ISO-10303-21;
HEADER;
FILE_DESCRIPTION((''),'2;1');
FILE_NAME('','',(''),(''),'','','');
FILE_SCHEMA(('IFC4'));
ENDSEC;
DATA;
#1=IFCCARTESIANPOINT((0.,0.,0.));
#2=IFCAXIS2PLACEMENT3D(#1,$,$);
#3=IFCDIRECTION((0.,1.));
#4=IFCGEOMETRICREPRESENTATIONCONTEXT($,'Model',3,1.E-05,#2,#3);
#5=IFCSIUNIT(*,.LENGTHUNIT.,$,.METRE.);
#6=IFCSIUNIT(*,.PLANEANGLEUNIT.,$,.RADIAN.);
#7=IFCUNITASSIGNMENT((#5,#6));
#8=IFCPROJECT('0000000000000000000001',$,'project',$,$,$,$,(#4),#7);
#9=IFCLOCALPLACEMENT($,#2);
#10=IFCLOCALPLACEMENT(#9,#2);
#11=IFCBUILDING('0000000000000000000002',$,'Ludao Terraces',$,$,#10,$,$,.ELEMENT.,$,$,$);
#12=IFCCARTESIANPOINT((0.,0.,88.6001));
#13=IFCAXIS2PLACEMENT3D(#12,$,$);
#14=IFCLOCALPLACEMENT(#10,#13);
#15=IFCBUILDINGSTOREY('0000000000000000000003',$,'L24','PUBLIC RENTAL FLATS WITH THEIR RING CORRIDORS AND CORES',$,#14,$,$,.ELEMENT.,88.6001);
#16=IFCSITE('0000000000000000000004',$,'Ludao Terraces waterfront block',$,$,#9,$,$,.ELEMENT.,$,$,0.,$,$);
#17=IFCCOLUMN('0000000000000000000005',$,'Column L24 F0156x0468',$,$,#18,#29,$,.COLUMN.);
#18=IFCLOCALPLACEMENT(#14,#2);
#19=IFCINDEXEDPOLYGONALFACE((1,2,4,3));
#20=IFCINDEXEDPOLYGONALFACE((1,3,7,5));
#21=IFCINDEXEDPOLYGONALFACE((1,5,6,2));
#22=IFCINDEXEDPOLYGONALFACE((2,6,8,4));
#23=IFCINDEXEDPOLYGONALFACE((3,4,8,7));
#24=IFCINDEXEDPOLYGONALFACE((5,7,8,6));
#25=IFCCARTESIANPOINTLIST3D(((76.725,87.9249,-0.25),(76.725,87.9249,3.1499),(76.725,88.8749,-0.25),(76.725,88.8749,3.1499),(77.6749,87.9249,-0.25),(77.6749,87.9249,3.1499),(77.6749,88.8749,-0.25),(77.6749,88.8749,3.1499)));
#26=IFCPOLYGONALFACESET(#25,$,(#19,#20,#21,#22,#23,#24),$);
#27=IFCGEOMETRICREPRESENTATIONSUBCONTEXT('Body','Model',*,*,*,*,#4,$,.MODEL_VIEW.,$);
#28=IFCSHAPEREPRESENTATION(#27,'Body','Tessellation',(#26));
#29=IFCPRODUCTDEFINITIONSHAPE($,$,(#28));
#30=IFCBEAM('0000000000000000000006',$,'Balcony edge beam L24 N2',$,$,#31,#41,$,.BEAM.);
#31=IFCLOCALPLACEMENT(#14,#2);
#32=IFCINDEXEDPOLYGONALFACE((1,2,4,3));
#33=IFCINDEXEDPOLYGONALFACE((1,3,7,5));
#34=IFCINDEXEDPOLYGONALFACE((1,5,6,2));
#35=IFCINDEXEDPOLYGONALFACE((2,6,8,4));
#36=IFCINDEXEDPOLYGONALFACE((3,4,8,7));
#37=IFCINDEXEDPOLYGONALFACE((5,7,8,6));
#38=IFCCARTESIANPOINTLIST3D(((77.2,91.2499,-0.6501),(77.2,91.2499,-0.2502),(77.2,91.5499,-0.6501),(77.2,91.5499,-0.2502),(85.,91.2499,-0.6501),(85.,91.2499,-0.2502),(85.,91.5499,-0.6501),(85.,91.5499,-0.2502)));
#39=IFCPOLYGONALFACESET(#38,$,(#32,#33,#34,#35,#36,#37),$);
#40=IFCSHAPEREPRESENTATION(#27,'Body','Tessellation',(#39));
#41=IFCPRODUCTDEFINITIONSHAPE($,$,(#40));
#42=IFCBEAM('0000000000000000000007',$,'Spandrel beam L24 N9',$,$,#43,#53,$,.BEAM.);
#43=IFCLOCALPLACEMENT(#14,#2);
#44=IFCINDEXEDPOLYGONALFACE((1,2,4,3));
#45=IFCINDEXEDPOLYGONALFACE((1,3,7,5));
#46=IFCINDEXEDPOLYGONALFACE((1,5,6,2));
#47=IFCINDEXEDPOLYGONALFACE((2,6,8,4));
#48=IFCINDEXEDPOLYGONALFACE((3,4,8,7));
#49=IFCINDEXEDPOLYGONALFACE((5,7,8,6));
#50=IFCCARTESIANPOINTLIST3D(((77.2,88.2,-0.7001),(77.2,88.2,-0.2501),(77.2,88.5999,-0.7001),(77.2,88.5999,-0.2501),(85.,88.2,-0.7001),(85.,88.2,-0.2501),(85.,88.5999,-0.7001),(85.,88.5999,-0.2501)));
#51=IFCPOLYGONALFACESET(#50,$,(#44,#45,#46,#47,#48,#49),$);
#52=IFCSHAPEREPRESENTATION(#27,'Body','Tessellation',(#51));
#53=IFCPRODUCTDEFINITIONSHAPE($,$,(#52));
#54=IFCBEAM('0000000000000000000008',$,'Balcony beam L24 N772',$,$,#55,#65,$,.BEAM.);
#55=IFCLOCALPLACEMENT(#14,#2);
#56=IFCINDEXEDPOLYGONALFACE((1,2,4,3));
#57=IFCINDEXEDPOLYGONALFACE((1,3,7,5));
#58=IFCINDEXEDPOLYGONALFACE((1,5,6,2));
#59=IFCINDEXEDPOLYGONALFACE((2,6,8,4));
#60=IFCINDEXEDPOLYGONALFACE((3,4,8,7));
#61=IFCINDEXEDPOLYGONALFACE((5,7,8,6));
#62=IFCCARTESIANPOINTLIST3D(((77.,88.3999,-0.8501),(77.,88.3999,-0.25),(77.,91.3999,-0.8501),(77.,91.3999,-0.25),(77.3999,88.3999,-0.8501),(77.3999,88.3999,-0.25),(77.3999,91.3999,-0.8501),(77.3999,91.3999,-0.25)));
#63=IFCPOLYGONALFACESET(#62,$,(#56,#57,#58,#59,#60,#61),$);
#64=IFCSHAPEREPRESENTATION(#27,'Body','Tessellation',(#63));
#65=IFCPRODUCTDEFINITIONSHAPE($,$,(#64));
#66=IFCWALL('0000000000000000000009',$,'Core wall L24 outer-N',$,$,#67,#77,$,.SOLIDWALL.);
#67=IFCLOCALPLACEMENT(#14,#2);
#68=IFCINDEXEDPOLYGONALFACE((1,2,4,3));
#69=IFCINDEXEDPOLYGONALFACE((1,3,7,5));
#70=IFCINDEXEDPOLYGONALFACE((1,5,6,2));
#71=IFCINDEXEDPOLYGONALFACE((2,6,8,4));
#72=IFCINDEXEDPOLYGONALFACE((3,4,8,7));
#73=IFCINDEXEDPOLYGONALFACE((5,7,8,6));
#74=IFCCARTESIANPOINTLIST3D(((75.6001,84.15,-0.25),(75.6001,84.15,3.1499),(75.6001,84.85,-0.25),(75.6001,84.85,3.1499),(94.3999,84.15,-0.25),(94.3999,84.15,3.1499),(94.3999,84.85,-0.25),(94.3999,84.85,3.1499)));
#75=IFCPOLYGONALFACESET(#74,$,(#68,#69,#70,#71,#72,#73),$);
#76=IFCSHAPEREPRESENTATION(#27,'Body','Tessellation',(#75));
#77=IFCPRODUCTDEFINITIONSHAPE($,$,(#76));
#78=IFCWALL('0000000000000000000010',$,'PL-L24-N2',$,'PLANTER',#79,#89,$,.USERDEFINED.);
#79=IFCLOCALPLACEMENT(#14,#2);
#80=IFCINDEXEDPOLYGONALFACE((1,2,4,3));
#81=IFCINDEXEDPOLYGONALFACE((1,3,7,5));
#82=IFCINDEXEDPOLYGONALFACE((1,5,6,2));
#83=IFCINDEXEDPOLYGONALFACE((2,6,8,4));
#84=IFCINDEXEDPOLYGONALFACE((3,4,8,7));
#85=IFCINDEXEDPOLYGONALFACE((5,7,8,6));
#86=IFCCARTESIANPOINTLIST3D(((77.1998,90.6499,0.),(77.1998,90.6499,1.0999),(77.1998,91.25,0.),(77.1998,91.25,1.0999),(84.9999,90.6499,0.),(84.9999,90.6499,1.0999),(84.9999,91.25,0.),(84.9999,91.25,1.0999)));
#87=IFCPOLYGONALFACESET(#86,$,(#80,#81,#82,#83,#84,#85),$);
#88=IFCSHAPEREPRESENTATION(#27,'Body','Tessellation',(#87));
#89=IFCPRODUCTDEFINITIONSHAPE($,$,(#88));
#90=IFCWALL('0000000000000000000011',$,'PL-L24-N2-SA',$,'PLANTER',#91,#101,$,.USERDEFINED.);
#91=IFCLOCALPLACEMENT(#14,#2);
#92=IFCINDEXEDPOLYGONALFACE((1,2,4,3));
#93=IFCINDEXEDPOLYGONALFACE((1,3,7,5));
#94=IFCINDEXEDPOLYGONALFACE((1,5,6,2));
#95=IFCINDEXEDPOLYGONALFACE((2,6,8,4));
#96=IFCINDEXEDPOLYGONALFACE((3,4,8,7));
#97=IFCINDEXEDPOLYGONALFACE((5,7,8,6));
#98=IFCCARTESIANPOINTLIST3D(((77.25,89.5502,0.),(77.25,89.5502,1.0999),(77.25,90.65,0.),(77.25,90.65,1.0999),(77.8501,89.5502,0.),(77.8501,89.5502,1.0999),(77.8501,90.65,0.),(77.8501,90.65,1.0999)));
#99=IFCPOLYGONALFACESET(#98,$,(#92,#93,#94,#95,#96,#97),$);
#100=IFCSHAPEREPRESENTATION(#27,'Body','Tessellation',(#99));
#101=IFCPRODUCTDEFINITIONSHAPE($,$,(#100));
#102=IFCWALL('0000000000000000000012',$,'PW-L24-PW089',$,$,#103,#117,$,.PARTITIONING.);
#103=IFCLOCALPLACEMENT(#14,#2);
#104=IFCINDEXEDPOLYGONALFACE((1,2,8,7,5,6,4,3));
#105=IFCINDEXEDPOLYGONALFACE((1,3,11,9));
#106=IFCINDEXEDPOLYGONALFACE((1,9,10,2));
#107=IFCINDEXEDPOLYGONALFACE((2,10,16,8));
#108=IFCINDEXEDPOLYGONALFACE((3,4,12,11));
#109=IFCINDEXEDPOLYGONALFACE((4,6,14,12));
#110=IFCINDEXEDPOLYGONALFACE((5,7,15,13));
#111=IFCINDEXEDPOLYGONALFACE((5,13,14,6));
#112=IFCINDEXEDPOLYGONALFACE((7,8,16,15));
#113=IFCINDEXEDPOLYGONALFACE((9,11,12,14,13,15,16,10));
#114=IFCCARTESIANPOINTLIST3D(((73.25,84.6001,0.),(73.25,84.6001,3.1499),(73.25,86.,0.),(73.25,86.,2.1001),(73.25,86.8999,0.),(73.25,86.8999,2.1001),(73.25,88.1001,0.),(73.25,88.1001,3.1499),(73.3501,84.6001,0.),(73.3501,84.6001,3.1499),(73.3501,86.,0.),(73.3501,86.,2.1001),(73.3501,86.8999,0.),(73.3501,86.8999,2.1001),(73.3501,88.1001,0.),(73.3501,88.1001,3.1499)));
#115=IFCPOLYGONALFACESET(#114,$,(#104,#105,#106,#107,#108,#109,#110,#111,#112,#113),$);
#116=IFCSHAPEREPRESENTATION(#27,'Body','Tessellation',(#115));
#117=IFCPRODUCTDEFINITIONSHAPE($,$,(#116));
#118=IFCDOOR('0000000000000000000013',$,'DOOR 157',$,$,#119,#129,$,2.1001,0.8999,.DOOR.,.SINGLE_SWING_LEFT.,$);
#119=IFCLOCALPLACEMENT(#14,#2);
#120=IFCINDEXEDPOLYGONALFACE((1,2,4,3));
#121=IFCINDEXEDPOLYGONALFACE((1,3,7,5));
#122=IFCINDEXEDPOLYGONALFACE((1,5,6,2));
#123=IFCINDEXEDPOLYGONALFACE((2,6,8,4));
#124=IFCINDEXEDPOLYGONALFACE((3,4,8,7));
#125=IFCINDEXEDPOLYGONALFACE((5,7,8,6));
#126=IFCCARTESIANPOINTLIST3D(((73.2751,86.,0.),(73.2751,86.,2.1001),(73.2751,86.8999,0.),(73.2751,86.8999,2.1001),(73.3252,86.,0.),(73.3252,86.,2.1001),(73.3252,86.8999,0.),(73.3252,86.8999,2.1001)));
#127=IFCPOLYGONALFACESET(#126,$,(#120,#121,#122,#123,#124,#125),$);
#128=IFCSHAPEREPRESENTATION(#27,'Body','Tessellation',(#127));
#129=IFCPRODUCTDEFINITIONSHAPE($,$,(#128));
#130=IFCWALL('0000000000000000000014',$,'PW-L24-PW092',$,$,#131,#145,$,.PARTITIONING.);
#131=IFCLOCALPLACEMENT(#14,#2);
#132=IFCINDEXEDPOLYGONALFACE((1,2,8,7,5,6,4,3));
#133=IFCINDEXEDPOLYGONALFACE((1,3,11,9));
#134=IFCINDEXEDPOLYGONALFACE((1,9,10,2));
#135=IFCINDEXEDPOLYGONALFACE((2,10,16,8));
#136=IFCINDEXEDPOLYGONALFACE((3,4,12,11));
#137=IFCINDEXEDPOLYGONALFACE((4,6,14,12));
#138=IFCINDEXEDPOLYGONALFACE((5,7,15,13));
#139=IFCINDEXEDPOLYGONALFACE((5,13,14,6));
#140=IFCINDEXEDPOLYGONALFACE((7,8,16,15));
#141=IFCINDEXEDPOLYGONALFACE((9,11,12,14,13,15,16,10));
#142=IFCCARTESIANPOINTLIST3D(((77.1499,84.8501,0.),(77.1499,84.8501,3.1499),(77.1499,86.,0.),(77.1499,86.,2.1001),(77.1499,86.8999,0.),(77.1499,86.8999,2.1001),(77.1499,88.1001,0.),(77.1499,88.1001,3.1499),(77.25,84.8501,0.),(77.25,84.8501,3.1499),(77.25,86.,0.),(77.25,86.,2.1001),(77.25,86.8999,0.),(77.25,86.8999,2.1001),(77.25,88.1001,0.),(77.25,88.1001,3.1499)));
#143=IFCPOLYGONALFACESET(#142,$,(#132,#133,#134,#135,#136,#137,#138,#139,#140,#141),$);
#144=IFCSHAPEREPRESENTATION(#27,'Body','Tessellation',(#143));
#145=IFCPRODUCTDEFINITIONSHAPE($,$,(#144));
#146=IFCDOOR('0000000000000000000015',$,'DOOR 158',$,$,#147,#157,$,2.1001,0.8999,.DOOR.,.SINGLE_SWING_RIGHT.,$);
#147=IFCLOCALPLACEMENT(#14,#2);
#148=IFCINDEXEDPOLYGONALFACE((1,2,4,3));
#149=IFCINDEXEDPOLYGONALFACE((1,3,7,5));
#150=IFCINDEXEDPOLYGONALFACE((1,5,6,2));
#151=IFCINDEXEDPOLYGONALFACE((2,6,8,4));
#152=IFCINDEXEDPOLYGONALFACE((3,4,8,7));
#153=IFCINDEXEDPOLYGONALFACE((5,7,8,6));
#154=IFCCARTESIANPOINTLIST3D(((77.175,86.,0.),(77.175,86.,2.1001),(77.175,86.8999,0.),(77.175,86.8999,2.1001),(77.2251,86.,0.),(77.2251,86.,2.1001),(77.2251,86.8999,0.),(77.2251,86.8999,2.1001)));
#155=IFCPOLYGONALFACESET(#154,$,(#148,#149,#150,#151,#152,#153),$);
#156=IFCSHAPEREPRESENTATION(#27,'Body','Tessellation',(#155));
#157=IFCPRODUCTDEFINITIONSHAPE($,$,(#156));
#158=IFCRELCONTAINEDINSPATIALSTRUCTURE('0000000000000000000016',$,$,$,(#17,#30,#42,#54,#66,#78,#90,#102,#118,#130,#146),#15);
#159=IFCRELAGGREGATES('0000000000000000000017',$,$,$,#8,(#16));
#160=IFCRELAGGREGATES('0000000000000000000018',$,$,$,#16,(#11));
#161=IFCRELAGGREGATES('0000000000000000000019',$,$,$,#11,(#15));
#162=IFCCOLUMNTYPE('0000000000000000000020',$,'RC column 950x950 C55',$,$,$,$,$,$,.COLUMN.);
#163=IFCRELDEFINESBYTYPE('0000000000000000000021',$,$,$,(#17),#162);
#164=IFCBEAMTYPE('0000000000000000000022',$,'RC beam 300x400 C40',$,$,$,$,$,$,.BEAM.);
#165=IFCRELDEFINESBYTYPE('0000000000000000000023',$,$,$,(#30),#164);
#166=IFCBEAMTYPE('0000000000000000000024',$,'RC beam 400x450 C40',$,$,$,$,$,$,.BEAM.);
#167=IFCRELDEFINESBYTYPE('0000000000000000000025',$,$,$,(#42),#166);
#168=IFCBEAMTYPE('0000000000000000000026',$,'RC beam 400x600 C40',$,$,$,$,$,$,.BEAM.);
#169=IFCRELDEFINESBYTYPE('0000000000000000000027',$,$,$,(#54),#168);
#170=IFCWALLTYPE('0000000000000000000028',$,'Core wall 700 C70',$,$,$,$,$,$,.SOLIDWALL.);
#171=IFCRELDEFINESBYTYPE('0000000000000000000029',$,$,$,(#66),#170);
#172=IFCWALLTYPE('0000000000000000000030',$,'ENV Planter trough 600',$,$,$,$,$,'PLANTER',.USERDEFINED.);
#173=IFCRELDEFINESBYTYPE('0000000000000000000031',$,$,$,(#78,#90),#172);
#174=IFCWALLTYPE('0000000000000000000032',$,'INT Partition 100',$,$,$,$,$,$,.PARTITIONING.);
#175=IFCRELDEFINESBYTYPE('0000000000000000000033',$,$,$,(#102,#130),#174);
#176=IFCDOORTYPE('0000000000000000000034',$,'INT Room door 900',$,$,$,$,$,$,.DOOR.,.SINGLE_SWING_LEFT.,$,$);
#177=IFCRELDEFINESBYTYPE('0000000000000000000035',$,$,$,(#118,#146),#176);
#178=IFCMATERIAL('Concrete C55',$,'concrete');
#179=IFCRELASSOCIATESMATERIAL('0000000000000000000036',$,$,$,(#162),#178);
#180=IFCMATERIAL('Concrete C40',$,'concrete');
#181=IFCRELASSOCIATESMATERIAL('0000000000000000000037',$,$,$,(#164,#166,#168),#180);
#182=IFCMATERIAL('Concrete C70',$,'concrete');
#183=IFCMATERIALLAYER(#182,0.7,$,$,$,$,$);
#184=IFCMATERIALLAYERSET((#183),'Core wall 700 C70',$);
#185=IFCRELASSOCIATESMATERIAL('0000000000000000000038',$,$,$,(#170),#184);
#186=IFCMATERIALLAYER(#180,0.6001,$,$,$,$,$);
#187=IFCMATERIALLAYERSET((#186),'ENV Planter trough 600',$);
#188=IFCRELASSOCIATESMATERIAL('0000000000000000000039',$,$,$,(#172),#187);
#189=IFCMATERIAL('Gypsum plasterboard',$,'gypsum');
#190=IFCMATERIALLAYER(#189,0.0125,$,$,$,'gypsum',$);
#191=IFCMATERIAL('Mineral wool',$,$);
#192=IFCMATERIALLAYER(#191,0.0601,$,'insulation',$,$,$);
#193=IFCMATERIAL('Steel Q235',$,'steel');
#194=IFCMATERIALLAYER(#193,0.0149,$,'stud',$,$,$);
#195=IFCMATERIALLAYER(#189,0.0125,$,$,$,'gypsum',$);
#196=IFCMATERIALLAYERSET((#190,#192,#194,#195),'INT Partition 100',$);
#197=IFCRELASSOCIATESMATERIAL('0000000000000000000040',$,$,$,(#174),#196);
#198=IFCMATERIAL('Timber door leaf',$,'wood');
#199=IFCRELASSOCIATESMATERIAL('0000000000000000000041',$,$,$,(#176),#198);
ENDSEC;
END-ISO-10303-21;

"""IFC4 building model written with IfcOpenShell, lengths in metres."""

from ifc_helpers import new_model, si_unit, direction, frame, frame_2d, origin, origin_2d, place, context, subcontext, project, spatial, rectangle, extrude, material, layer, layer_set, material_profile, profile_set, type_object, element, fill, save


model = new_model("IFC4")

# Units and contexts
model_context = context("Model", 3, precision=1e-05, world=origin(), true_north=direction((0.0, 1.0)))
body_context = subcontext(model_context, "Body", "Model", "MODEL_VIEW")
ifc_project = project(units=[si_unit("LENGTHUNIT", "METRE"), si_unit("PLANEANGLEUNIT", "RADIAN")], contexts=[model_context])

# Site, building, storey
site_placement = place(None, origin())
site = spatial("IfcSite", under=ifc_project, at=site_placement, Name="Ludao Terraces waterfront block", CompositionType="ELEMENT", RefElevation=0.0)
building_placement = place(site_placement, origin())
building = spatial("IfcBuilding", under=site, at=building_placement, Name="Ludao Terraces", CompositionType="ELEMENT")
storey_placement = place(building_placement, frame((0.0, 0.0, 88.6001)))
storey = spatial("IfcBuildingStorey", under=building, at=storey_placement, Name="L24", Description="PUBLIC RENTAL FLATS WITH THEIR RING CORRIDORS AND CORES", CompositionType="ELEMENT", Elevation=88.6001)

# Column
ifc_material_1 = material(Name="Concrete C55", Category="concrete")
ifc_material_profile_1 = material_profile(ifc_material_1, rectangle(XDim=0.95, YDim=0.95, at=origin_2d()), Name="950 X 950")
ifc_profile_set_1 = profile_set([ifc_material_profile_1], Name="Concrete C55")
column_type = type_object("IfcColumnType", Name="RC column 950x950 C55", PredefinedType="COLUMN", material=ifc_profile_set_1)
column_placement = place(storey_placement, frame((77.2, 88.3999, -0.25), z_axis=(0.0, 0.0, 1.0), x_axis=(1.0, 0.0, 0.0)))
element("IfcColumn", 1, at=column_placement, inside=storey, type_object=column_type, Name="Column L24 F0156x0468", PredefinedType="COLUMN", context=body_context, shape_type="SweptSolid", body=[
    extrude(rectangle(XDim=0.95, YDim=0.95, at=origin_2d()), origin(), (0.0, 0.0, 1.0), 3.3999),
])

# Beams
ifc_material_2 = material(Name="Concrete C40", Category="concrete")
ifc_material_profile_2 = material_profile(ifc_material_2, rectangle(XDim=0.3, YDim=0.3999, at=origin_2d()), Name="300 X 400")
ifc_profile_set_2 = profile_set([ifc_material_profile_2], Name="Concrete C40")
beam_type_1 = type_object("IfcBeamType", Name="RC beam 300x400 C40", PredefinedType="BEAM", material=ifc_profile_set_2)
beam_1_placement = place(storey_placement, frame((77.2, 91.3999, -0.4502), z_axis=(1.0, 0.0, 0.0), x_axis=(0.0, 1.0, 0.0)))
element("IfcBeam", 2, at=beam_1_placement, inside=storey, type_object=beam_type_1, Name="Balcony edge beam L24 N2", PredefinedType="BEAM", context=body_context, shape_type="SweptSolid", body=[
    extrude(rectangle(XDim=0.3, YDim=0.3999, at=origin_2d()), origin(), (0.0, 0.0, 1.0), 7.8),
])
ifc_material_profile_3 = material_profile(ifc_material_2, rectangle(XDim=0.3999, YDim=0.45, at=origin_2d()), Name="400 X 450")
ifc_profile_set_3 = profile_set([ifc_material_profile_3], Name="Concrete C40")
beam_type_2 = type_object("IfcBeamType", Name="RC beam 400x450 C40", PredefinedType="BEAM", material=ifc_profile_set_3)
beam_2_placement = place(storey_placement, frame((77.2, 88.3999, -0.4751), z_axis=(1.0, 0.0, 0.0), x_axis=(0.0, 1.0, 0.0)))
element("IfcBeam", 3, at=beam_2_placement, inside=storey, type_object=beam_type_2, Name="Spandrel beam L24 N9", PredefinedType="BEAM", context=body_context, shape_type="SweptSolid", body=[
    extrude(rectangle(XDim=0.3999, YDim=0.45, at=origin_2d()), origin(), (0.0, 0.0, 1.0), 7.8),
])
ifc_material_profile_4 = material_profile(ifc_material_2, rectangle(XDim=0.3999, YDim=0.6001, at=origin_2d()), Name="400 X 600")
ifc_profile_set_4 = profile_set([ifc_material_profile_4], Name="Concrete C40")
beam_type_3 = type_object("IfcBeamType", Name="RC beam 400x600 C40", PredefinedType="BEAM", material=ifc_profile_set_4)
beam_3_placement = place(storey_placement, frame((77.2, 88.3999, -0.55), z_axis=(0.0, 1.0, 0.0), x_axis=(-1.0, 0.0, 0.0)))
element("IfcBeam", 4, at=beam_3_placement, inside=storey, type_object=beam_type_3, Name="Balcony beam L24 N772", PredefinedType="BEAM", context=body_context, shape_type="SweptSolid", body=[
    extrude(rectangle(XDim=0.3999, YDim=0.6001, at=origin_2d()), origin(), (0.0, 0.0, 1.0), 3.0),
])

# Walls
ifc_material_3 = material(Name="Concrete C70", Category="concrete")
ifc_layer_1 = layer(ifc_material_3, 0.7)
ifc_layer_set_1 = layer_set([ifc_layer_1], Name="Core wall 700 C70")
wall_type_1 = type_object("IfcWallType", Name="Core wall 700 C70", PredefinedType="SOLIDWALL", material=ifc_layer_set_1)
wall_1_placement = place(storey_placement, frame((75.6001, 84.5, -0.25), z_axis=(0.0, 0.0, 1.0), x_axis=(1.0, 0.0, 0.0)))
element("IfcWall", 5, at=wall_1_placement, inside=storey, type_object=wall_type_1, Name="Core wall L24 outer-N", PredefinedType="SOLIDWALL", context=body_context, shape_type="SweptSolid", body=[
    extrude(rectangle(XDim=18.7998, YDim=0.7, at=frame_2d((9.3999, 0.0))), origin(), (0.0, 0.0, 1.0), 3.3999),
])
ifc_layer_2 = layer(ifc_material_2, 0.6001)
ifc_layer_set_2 = layer_set([ifc_layer_2], Name="ENV Planter trough 600")
wall_type_2 = type_object("IfcWallType", Name="ENV Planter trough 600", ElementType="PLANTER", PredefinedType="USERDEFINED", material=ifc_layer_set_2)
wall_2_placement = place(storey_placement, frame((77.2, 90.95, 0.0), z_axis=(0.0, 0.0, 1.0), x_axis=(1.0, 0.0, 0.0)))
element("IfcWall", 6, at=wall_2_placement, inside=storey, type_object=wall_type_2, Name="PL-L24-N2", ObjectType="PLANTER", PredefinedType="USERDEFINED", context=body_context, shape_type="SweptSolid", body=[
    extrude(rectangle(XDim=7.8, YDim=0.6001, at=frame_2d((3.8999, 0.0))), origin(), (0.0, 0.0, 1.0), 1.0999),
])
wall_3_placement = place(storey_placement, frame((77.55, 90.6499, 0.0), z_axis=(0.0, 0.0, 1.0), x_axis=(0.0, -1.0, 0.0)))
element("IfcWall", 7, at=wall_3_placement, inside=storey, type_object=wall_type_2, Name="PL-L24-N2-SA", ObjectType="PLANTER", PredefinedType="USERDEFINED", context=body_context, shape_type="SweptSolid", body=[
    extrude(rectangle(XDim=1.0999, YDim=0.6001, at=frame_2d((0.5498, 0.0))), origin(), (0.0, 0.0, 1.0), 1.0999),
])

# Shared definitions
ifc_material_4 = material(Name="Mineral wool")

# Walls, openings, doors
ifc_material_5 = material(Name="Gypsum plasterboard", Category="gypsum")
ifc_layer_3 = layer(ifc_material_5, 0.0125, Category="gypsum")
ifc_layer_4 = layer(ifc_material_4, 0.0601, Name="insulation")
ifc_material_6 = material(Name="Steel Q235", Category="steel")
ifc_layer_5 = layer(ifc_material_6, 0.0149, Name="stud")
ifc_layer_6 = layer(ifc_material_5, 0.0125, Category="gypsum")
ifc_layer_set_3 = layer_set([ifc_layer_3, ifc_layer_4, ifc_layer_5, ifc_layer_6], Name="INT Partition 100")
wall_type_3 = type_object("IfcWallType", Name="INT Partition 100", PredefinedType="PARTITIONING", material=ifc_layer_set_3)
wall_4_placement = place(storey_placement, frame((73.3, 84.6001, 0.0), z_axis=(0.0, 0.0, 1.0), x_axis=(0.0, 1.0, 0.0)))
wall_4 = element("IfcWall", 8, at=wall_4_placement, inside=storey, type_object=wall_type_3, Name="PW-L24-PW089", PredefinedType="PARTITIONING", context=body_context, shape_type="SweptSolid", body=[
    extrude(rectangle(XDim=3.5, YDim=0.1001, at=frame_2d((1.75, 0.0))), origin(), (0.0, 0.0, 1.0), 3.1499),
])
opening_1_placement = place(wall_4_placement, frame((1.3999, 0.0, 0.0)))
opening_1 = element("IfcOpeningElement", 9, at=opening_1_placement, cuts=wall_4, PredefinedType="OPENING", context=body_context, shape_type="SweptSolid", body=[
    extrude(rectangle(XDim=0.8999, YDim=2.1001, at=frame_2d((0.45, 1.05))), frame((0.0, 0.0601, 0.0), z_axis=(0.0, -1.0, 0.0), x_axis=(1.0, 0.0, 0.0)), (0.0, 0.0, 1.0), 0.1201),
])
ifc_material_7 = material(Name="Timber door leaf", Category="wood")
door_type_1 = type_object("IfcDoorType", Name="INT Room door 900", OperationType="SINGLE_SWING_LEFT", PredefinedType="DOOR", material=ifc_material_7)
door_1_placement = place(opening_1_placement, origin())
door_1 = element("IfcDoor", 10, at=door_1_placement, inside=storey, type_object=door_type_1, Name="DOOR 157", OperationType="SINGLE_SWING_LEFT", OverallHeight=2.1001, OverallWidth=0.8999, PredefinedType="DOOR", context=body_context, shape_type="SweptSolid", body=[
    extrude(rectangle(XDim=0.8999, YDim=2.1001, at=frame_2d((0.45, 1.05))), frame((0.0, 0.0249, 0.0), z_axis=(0.0, -1.0, 0.0), x_axis=(1.0, 0.0, 0.0)), (0.0, 0.0, 1.0), 0.05),
])
fill(opening_1, door_1)
wall_5_placement = place(storey_placement, frame((77.2, 84.8501, 0.0), z_axis=(0.0, 0.0, 1.0), x_axis=(0.0, 1.0, 0.0)))
wall_5 = element("IfcWall", 11, at=wall_5_placement, inside=storey, type_object=wall_type_3, Name="PW-L24-PW092", PredefinedType="PARTITIONING", context=body_context, shape_type="SweptSolid", body=[
    extrude(rectangle(XDim=3.25, YDim=0.1001, at=frame_2d((1.625, 0.0))), origin(), (0.0, 0.0, 1.0), 3.1499),
])
opening_2_placement = place(wall_5_placement, frame((1.1499, 0.0, 0.0)))
opening_2 = element("IfcOpeningElement", 12, at=opening_2_placement, cuts=wall_5, PredefinedType="OPENING", context=body_context, shape_type="SweptSolid", body=[
    extrude(rectangle(XDim=0.8999, YDim=2.1001, at=frame_2d((0.45, 1.05))), frame((0.0, 0.0601, 0.0), z_axis=(0.0, -1.0, 0.0), x_axis=(1.0, 0.0, 0.0)), (0.0, 0.0, 1.0), 0.1201),
])
door_2_placement = place(opening_2_placement, origin())
door_2 = element("IfcDoor", 13, at=door_2_placement, inside=storey, type_object=door_type_1, Name="DOOR 158", OperationType="SINGLE_SWING_RIGHT", OverallHeight=2.1001, OverallWidth=0.8999, PredefinedType="DOOR", context=body_context, shape_type="SweptSolid", body=[
    extrude(rectangle(XDim=0.8999, YDim=2.1001, at=frame_2d((0.45, 1.05))), frame((0.0, 0.0249, 0.0), z_axis=(0.0, -1.0, 0.0), x_axis=(1.0, 0.0, 0.0)), (0.0, 0.0, 1.0), 0.05),
])
fill(opening_2, door_2)

save(model, "model.ifc")
